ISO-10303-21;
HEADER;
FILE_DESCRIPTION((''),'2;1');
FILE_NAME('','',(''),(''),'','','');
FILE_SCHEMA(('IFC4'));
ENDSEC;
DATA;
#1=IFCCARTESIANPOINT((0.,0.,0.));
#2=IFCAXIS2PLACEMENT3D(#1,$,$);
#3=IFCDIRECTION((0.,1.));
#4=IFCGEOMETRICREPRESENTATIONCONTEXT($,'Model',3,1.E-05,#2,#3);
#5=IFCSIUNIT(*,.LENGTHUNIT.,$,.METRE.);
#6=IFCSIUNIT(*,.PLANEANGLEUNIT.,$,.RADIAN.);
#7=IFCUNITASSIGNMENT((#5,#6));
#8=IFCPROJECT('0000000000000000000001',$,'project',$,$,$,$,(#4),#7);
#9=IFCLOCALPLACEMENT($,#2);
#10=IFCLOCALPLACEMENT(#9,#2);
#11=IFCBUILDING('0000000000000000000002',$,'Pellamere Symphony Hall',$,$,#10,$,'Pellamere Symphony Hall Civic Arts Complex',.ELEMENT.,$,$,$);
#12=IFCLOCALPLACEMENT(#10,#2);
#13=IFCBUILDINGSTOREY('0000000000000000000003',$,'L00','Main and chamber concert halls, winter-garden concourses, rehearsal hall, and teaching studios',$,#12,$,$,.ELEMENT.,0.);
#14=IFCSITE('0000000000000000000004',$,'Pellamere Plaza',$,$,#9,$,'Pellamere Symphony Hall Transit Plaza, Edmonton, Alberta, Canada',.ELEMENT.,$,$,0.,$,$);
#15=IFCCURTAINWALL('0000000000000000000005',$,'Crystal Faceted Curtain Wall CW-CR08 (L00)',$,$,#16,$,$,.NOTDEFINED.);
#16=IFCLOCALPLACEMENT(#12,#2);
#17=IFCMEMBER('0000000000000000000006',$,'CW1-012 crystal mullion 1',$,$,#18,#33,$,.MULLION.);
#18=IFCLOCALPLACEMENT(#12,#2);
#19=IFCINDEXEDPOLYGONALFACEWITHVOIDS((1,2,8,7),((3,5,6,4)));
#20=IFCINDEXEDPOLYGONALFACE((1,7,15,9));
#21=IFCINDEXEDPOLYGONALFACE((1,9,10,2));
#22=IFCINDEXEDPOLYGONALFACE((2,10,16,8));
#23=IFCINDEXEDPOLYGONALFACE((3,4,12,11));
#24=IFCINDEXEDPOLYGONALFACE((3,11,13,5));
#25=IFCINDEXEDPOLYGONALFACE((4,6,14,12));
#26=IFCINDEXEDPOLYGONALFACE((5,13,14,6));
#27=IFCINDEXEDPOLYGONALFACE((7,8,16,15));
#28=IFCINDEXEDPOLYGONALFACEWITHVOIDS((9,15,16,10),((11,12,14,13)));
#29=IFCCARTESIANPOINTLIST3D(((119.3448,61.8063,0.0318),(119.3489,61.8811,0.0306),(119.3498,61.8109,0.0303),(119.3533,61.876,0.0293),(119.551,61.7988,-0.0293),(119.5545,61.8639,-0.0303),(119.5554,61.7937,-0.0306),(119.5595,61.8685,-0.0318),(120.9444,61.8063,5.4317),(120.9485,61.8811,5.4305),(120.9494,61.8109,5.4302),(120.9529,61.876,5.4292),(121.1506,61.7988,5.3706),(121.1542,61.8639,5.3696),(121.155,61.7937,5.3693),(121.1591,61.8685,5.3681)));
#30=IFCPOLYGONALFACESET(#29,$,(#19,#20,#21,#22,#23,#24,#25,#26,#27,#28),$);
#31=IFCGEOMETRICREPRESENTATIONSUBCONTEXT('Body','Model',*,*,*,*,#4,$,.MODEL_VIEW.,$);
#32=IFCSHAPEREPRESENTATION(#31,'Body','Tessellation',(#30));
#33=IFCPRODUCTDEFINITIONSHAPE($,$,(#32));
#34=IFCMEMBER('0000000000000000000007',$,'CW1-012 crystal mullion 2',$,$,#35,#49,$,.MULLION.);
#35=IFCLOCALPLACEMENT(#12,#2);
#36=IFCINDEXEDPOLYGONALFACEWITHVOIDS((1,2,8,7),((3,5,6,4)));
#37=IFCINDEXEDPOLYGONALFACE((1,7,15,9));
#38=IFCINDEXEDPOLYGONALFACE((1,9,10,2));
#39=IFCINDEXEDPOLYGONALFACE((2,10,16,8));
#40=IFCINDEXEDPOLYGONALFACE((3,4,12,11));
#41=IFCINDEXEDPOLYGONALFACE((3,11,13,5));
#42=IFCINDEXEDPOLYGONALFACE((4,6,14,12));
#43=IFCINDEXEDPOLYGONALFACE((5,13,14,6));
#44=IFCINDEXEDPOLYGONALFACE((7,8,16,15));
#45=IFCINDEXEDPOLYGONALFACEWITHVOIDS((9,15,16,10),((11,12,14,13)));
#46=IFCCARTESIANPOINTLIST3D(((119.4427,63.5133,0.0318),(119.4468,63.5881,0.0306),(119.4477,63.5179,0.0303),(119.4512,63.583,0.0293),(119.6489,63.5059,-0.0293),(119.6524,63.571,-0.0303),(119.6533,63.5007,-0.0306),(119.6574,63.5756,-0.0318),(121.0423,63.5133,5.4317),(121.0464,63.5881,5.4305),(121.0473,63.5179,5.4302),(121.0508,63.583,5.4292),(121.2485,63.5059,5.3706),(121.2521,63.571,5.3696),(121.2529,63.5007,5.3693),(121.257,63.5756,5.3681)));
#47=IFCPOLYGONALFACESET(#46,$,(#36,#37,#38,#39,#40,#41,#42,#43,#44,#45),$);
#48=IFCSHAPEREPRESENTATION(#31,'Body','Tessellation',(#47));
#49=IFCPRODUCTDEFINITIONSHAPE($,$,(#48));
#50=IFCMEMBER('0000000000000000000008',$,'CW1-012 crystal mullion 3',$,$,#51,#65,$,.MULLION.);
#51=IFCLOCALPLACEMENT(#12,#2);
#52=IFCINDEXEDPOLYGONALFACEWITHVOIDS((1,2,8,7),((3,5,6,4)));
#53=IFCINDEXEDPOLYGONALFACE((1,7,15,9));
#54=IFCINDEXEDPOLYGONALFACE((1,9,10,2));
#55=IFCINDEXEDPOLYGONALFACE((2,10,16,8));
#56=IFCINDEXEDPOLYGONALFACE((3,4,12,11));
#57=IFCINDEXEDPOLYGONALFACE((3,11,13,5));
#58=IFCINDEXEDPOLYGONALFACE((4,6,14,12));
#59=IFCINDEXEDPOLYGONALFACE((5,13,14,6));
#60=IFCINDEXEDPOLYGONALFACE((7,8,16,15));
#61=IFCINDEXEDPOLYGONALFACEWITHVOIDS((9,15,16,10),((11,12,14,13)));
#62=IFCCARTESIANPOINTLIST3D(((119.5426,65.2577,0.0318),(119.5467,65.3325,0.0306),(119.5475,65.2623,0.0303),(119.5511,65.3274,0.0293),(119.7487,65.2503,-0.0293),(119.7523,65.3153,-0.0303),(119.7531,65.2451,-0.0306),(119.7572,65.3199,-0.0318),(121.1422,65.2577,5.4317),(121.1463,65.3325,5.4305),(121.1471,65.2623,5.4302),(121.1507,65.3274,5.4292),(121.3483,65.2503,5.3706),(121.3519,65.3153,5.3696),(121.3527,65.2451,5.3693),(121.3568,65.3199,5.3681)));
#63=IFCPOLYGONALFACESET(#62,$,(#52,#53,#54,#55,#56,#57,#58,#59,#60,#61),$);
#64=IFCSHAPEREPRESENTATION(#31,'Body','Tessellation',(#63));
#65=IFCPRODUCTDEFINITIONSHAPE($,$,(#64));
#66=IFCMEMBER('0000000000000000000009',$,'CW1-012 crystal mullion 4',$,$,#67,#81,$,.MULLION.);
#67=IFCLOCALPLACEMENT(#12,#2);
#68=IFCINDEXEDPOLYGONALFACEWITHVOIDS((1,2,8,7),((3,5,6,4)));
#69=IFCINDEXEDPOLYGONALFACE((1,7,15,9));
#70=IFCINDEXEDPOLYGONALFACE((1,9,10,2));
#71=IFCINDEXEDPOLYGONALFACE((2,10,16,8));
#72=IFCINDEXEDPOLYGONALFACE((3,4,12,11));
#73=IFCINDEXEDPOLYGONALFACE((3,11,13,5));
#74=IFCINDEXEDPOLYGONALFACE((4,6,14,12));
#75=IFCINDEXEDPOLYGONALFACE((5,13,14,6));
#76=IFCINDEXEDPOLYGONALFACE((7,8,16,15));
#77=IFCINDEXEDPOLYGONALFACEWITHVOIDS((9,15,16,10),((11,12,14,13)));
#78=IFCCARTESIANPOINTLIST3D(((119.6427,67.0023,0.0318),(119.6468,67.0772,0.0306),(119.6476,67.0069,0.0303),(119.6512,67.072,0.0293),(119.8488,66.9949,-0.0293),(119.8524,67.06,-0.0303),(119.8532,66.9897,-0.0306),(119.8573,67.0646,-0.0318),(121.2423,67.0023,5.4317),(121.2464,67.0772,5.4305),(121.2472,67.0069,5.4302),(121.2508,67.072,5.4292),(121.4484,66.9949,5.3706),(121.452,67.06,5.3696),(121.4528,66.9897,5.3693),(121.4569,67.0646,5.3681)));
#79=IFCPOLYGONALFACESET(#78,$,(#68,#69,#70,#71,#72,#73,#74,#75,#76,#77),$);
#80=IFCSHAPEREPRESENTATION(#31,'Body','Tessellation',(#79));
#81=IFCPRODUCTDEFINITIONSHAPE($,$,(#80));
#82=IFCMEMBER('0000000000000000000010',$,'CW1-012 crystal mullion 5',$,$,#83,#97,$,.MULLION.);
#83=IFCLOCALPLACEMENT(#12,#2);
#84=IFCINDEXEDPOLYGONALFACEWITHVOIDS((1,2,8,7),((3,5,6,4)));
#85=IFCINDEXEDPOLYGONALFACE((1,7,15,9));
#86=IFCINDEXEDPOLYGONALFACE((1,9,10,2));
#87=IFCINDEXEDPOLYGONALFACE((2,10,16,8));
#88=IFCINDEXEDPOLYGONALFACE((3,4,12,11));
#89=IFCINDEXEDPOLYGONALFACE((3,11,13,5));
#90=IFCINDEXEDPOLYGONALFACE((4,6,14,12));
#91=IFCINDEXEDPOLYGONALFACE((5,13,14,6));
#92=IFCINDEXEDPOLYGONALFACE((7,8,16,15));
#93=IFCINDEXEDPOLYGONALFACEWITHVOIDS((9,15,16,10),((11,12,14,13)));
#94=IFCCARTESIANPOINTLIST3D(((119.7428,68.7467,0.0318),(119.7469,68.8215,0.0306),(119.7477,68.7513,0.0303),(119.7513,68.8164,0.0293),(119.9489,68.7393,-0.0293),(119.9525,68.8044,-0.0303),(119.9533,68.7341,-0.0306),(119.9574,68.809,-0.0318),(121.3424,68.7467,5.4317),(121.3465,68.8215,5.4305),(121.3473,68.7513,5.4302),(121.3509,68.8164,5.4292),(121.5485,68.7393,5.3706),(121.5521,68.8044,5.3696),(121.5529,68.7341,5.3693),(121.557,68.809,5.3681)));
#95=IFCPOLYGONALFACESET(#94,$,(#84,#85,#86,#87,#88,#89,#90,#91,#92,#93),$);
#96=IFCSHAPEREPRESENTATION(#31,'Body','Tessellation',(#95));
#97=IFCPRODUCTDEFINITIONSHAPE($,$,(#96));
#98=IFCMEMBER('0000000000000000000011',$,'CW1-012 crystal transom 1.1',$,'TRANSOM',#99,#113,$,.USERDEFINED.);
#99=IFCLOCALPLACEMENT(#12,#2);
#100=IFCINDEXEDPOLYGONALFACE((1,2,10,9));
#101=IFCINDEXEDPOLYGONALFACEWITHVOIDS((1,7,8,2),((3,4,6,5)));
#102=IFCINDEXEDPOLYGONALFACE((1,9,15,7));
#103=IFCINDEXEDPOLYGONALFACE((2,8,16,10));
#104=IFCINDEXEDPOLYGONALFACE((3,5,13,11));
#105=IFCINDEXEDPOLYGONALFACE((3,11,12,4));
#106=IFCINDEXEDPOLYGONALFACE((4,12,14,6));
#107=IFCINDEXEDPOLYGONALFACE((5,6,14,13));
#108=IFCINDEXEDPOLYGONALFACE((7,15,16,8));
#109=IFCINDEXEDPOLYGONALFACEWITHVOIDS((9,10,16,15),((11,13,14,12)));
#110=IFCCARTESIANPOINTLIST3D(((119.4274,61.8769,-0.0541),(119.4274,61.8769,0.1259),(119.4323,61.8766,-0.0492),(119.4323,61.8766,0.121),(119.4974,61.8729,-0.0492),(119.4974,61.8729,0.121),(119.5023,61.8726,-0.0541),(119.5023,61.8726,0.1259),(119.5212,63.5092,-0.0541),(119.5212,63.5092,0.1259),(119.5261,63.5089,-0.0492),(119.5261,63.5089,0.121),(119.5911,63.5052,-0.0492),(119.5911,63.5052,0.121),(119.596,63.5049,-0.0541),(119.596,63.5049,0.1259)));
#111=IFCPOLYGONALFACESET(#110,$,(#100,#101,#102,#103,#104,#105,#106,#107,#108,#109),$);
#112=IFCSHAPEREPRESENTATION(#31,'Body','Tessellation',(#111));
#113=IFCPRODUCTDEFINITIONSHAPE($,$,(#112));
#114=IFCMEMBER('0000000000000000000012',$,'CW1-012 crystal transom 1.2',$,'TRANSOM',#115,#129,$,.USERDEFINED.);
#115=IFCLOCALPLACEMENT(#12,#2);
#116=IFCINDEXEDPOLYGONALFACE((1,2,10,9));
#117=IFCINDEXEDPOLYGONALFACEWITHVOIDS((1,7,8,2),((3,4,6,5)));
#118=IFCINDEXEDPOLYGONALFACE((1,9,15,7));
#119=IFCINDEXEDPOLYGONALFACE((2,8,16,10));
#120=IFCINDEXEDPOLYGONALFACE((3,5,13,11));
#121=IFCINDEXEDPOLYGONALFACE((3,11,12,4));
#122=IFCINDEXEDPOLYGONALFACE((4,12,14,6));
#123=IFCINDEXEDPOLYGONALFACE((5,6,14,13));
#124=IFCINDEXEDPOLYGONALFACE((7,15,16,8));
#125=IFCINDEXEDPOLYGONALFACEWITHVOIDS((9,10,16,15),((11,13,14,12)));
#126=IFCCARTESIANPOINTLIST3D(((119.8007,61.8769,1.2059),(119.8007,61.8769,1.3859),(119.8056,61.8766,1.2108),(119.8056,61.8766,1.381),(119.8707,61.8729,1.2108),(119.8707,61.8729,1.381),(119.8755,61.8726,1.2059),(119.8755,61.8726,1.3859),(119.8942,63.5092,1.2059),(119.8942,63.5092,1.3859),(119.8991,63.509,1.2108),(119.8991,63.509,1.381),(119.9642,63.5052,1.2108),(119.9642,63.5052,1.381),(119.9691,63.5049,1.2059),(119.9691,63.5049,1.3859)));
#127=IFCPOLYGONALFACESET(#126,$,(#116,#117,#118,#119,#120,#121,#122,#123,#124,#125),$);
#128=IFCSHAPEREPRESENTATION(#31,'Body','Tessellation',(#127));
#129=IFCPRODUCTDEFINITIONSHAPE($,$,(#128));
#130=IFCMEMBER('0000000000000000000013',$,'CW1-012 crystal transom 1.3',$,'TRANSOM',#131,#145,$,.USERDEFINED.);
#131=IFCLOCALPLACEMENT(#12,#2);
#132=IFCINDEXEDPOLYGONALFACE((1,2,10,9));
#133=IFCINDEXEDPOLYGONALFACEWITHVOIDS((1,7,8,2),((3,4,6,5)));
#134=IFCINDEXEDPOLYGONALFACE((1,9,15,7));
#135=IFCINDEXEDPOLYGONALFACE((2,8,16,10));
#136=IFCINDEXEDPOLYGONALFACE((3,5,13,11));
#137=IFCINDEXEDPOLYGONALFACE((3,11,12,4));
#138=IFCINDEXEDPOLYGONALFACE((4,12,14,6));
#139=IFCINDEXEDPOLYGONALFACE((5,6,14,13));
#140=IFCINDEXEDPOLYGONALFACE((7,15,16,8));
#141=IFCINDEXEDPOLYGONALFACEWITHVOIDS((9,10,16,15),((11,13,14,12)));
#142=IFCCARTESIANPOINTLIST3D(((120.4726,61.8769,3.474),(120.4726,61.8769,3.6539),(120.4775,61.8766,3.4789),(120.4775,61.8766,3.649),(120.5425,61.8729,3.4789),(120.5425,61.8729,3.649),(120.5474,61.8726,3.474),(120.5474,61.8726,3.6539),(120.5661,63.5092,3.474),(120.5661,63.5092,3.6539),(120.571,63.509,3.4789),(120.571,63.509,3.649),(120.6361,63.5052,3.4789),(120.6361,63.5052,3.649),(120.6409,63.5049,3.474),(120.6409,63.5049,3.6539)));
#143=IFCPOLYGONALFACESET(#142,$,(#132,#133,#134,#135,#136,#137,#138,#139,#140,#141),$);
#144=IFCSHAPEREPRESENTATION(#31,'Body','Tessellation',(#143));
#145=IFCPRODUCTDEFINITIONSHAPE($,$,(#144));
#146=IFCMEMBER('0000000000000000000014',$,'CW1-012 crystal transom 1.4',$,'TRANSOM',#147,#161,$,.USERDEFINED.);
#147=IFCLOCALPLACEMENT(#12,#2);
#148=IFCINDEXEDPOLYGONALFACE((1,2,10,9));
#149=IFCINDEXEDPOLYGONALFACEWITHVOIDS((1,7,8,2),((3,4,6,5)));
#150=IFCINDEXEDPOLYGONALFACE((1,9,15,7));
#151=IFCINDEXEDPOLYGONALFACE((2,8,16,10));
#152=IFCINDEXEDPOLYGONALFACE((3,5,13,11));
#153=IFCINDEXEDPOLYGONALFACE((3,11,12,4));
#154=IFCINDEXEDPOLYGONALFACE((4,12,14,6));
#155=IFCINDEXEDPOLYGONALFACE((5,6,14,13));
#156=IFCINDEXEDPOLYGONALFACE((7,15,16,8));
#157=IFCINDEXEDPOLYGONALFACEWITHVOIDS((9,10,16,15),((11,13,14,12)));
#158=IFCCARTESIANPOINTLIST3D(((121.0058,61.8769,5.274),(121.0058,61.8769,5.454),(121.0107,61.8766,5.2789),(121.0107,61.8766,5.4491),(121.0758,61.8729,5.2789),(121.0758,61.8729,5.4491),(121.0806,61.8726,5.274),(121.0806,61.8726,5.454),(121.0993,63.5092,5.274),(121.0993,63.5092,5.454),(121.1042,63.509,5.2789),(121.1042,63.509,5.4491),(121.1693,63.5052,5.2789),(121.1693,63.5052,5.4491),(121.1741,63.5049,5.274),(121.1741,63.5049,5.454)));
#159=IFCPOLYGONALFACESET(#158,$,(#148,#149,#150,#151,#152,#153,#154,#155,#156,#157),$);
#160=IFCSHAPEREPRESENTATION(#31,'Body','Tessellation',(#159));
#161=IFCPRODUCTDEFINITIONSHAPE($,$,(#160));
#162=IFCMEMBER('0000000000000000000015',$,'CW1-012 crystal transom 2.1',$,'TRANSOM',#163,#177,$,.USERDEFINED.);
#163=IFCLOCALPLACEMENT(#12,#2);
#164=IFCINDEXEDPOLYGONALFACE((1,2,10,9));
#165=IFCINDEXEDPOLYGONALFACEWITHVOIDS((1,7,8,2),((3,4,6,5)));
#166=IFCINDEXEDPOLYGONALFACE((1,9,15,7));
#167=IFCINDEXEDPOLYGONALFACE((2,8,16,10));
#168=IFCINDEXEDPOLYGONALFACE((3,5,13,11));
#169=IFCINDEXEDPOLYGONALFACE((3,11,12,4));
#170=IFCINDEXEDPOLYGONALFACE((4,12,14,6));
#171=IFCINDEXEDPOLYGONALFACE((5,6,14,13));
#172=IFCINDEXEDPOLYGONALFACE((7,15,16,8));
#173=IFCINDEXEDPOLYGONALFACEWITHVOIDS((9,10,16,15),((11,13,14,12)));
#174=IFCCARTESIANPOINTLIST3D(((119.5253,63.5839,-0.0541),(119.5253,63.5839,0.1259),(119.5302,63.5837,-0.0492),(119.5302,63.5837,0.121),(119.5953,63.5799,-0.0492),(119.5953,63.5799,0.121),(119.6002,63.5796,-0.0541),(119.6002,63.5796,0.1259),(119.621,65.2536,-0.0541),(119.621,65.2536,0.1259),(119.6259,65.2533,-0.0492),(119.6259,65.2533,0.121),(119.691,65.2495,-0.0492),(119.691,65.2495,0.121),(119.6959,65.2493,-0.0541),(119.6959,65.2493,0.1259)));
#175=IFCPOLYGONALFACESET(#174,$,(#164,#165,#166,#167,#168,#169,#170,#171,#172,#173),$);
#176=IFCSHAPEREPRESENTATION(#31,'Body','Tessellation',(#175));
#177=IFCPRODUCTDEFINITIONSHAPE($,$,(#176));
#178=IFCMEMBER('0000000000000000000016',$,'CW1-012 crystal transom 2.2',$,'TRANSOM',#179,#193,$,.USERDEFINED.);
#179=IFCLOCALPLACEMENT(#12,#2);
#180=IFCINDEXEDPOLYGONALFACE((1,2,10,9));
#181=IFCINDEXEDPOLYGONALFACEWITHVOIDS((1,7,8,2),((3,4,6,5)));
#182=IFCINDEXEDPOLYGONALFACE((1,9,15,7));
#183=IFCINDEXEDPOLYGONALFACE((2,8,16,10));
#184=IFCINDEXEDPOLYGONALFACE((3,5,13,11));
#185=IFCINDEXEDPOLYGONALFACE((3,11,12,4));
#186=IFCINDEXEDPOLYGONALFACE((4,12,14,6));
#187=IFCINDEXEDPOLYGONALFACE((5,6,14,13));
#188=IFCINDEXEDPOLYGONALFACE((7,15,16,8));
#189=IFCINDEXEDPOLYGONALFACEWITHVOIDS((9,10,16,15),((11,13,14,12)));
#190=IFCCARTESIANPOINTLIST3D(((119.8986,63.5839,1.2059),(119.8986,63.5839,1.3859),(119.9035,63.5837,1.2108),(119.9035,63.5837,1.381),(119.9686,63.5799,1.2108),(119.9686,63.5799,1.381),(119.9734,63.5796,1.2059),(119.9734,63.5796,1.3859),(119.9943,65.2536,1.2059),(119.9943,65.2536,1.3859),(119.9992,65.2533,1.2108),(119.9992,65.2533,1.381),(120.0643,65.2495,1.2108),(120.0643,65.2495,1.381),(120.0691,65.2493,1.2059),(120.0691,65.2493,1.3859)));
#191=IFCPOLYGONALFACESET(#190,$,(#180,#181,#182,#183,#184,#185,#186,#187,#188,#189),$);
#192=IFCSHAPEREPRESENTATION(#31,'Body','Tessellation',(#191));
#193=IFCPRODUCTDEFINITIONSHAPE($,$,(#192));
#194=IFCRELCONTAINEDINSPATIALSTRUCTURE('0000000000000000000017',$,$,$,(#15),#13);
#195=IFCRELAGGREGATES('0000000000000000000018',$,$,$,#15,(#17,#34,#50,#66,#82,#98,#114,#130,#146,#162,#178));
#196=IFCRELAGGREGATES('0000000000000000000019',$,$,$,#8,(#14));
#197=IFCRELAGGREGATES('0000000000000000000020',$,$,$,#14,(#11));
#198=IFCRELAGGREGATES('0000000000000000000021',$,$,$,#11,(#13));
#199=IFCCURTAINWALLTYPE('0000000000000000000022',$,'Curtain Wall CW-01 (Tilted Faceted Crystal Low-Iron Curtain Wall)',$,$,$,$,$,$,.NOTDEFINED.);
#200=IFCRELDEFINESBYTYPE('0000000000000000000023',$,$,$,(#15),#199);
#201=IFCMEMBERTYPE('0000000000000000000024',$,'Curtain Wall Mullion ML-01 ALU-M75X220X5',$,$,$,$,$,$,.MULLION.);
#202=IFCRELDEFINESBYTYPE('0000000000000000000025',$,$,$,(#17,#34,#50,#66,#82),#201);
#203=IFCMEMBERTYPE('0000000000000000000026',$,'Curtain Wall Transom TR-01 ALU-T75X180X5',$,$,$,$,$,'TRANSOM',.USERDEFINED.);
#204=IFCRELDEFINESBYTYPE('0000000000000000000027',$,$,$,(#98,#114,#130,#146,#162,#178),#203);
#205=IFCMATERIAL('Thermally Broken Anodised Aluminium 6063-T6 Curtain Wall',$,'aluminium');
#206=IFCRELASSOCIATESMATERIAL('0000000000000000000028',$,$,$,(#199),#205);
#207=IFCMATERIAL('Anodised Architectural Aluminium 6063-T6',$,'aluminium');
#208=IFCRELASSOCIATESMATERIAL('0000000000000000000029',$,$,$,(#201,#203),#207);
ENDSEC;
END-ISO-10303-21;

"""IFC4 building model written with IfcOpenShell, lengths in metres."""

from ifc_helpers import new_model, si_unit, direction, frame, origin, origin_2d, place, context, subcontext, project, spatial, hollow_rectangle, extrude, material, material_profile, profile_set, type_object, element, aggregate, save


model = new_model("IFC4")

# Units and contexts
model_context = context("Model", 3, precision=1e-05, world=origin(), true_north=direction((0.0, 1.0)))
body_context = subcontext(model_context, "Body", "Model", "MODEL_VIEW")
ifc_project = project(units=[si_unit("LENGTHUNIT", "METRE"), si_unit("PLANEANGLEUNIT", "RADIAN")], contexts=[model_context])

# Site, building, storey
site_placement = place(None, origin())
site = spatial("IfcSite", under=ifc_project, at=site_placement, Name="Pellamere Plaza", LongName="Pellamere Symphony Hall Transit Plaza, Edmonton, Alberta, Canada", CompositionType="ELEMENT", RefElevation=0.0)
building_placement = place(site_placement, origin())
building = spatial("IfcBuilding", under=site, at=building_placement, Name="Pellamere Symphony Hall", LongName="Pellamere Symphony Hall Civic Arts Complex", CompositionType="ELEMENT")
storey_placement = place(building_placement, origin())
storey = spatial("IfcBuildingStorey", under=building, at=storey_placement, Name="L00", Description="Main and chamber concert halls, winter-garden concourses, rehearsal hall, and teaching studios", CompositionType="ELEMENT", Elevation=0.0)

# Curtain wall, members
ifc_material_1 = material(Name="Thermally Broken Anodised Aluminium 6063-T6 Curtain Wall", Category="aluminium")
curtain_wall_type = type_object("IfcCurtainWallType", Name="Curtain Wall CW-01 (Tilted Faceted Crystal Low-Iron Curtain Wall)", PredefinedType="NOTDEFINED", material=ifc_material_1)
curtain_wall_placement = place(storey_placement, origin())
curtain_wall = element("IfcCurtainWall", 1, at=curtain_wall_placement, inside=storey, type_object=curtain_wall_type, Name="Crystal Faceted Curtain Wall CW-CR08 (L00)", PredefinedType="NOTDEFINED")
ifc_material_2 = material(Name="Anodised Architectural Aluminium 6063-T6", Category="aluminium")
ifc_material_profile_1 = material_profile(ifc_material_2, hollow_rectangle(XDim=0.075, YDim=0.22, WallThickness=0.0049, at=origin_2d()), Name="ALU-M75X220X5")
ifc_profile_set_1 = profile_set([ifc_material_profile_1], Name="Anodised Architectural Aluminium 6063-T6")
member_type_1 = type_object("IfcMemberType", Name="Curtain Wall Mullion ML-01 ALU-M75X220X5", PredefinedType="MULLION", material=ifc_profile_set_1)
member_1_placement = place(storey_placement, frame((119.4521, 61.8374, 0.0), z_axis=(0.284029, 0.0, 0.958816), x_axis=(-0.054874, -0.998361, 0.016255)))
member_1 = element("IfcMember", 2, at=member_1_placement, type_object=member_type_1, Name="CW1-012 crystal mullion 1", PredefinedType="MULLION", context=body_context, shape_type="SweptSolid", body=[
    extrude(hollow_rectangle(XDim=0.075, YDim=0.22, WallThickness=0.0049, at=origin_2d()), origin(), (0.0, 0.0, 1.0), 5.6318),
])
member_2_placement = place(storey_placement, frame((119.55, 63.5444, 0.0), z_axis=(0.284029, 0.0, 0.958816), x_axis=(-0.054874, -0.998361, 0.016255)))
member_2 = element("IfcMember", 3, at=member_2_placement, type_object=member_type_1, Name="CW1-012 crystal mullion 2", PredefinedType="MULLION", context=body_context, shape_type="SweptSolid", body=[
    extrude(hollow_rectangle(XDim=0.075, YDim=0.22, WallThickness=0.0049, at=origin_2d()), origin(), (0.0, 0.0, 1.0), 5.6318),
])
member_3_placement = place(storey_placement, frame((119.6499, 65.2888, 0.0), z_axis=(0.284029, 0.0, 0.958816), x_axis=(-0.054874, -0.998361, 0.016255)))
member_3 = element("IfcMember", 4, at=member_3_placement, type_object=member_type_1, Name="CW1-012 crystal mullion 3", PredefinedType="MULLION", context=body_context, shape_type="SweptSolid", body=[
    extrude(hollow_rectangle(XDim=0.075, YDim=0.22, WallThickness=0.0049, at=origin_2d()), origin(), (0.0, 0.0, 1.0), 5.6318),
])
member_4_placement = place(storey_placement, frame((119.75, 67.0334, 0.0), z_axis=(0.284029, 0.0, 0.958816), x_axis=(-0.054874, -0.998361, 0.016255)))
member_4 = element("IfcMember", 5, at=member_4_placement, type_object=member_type_1, Name="CW1-012 crystal mullion 4", PredefinedType="MULLION", context=body_context, shape_type="SweptSolid", body=[
    extrude(hollow_rectangle(XDim=0.075, YDim=0.22, WallThickness=0.0049, at=origin_2d()), origin(), (0.0, 0.0, 1.0), 5.6318),
])
member_5_placement = place(storey_placement, frame((119.8501, 68.7778, 0.0), z_axis=(0.284029, 0.0, 0.958816), x_axis=(-0.054874, -0.998361, 0.016255)))
member_5 = element("IfcMember", 6, at=member_5_placement, type_object=member_type_1, Name="CW1-012 crystal mullion 5", PredefinedType="MULLION", context=body_context, shape_type="SweptSolid", body=[
    extrude(hollow_rectangle(XDim=0.075, YDim=0.22, WallThickness=0.0049, at=origin_2d()), origin(), (0.0, 0.0, 1.0), 5.6318),
])
ifc_material_profile_2 = material_profile(ifc_material_2, hollow_rectangle(XDim=0.075, YDim=0.1799, WallThickness=0.0049, at=origin_2d()), Name="ALU-T75X180X5")
ifc_profile_set_2 = profile_set([ifc_material_profile_2], Name="Anodised Architectural Aluminium 6063-T6")
member_type_2 = type_object("IfcMemberType", Name="Curtain Wall Transom TR-01 ALU-T75X180X5", ElementType="TRANSOM", PredefinedType="USERDEFINED", material=ifc_profile_set_2)
member_6_placement = place(storey_placement, frame((119.4648, 61.8748, 0.0359), z_axis=(0.057339, 0.998355, 0.0), x_axis=(-0.998355, 0.057339, 0.0)))
member_6 = element("IfcMember", 7, at=member_6_placement, type_object=member_type_2, Name="CW1-012 crystal transom 1.1", ObjectType="TRANSOM", PredefinedType="USERDEFINED", context=body_context, shape_type="SweptSolid", body=[
    extrude(hollow_rectangle(XDim=0.075, YDim=0.1799, WallThickness=0.0049, at=origin_2d()), origin(), (0.0, 0.0, 1.0), 1.635),
])
member_7_placement = place(storey_placement, frame((119.8381, 61.8748, 1.2959), z_axis=(0.05719, 0.998363, 0.0), x_axis=(-0.998363, 0.05719, 0.0)))
member_7 = element("IfcMember", 8, at=member_7_placement, type_object=member_type_2, Name="CW1-012 crystal transom 1.2", ObjectType="TRANSOM", PredefinedType="USERDEFINED", context=body_context, shape_type="SweptSolid", body=[
    extrude(hollow_rectangle(XDim=0.075, YDim=0.1799, WallThickness=0.0049, at=origin_2d()), origin(), (0.0, 0.0, 1.0), 1.635),
])
member_8_placement = place(storey_placement, frame((120.51, 61.8748, 3.564), z_axis=(0.05719, 0.998363, 0.0), x_axis=(-0.998363, 0.05719, 0.0)))
member_8 = element("IfcMember", 9, at=member_8_placement, type_object=member_type_2, Name="CW1-012 crystal transom 1.3", ObjectType="TRANSOM", PredefinedType="USERDEFINED", context=body_context, shape_type="SweptSolid", body=[
    extrude(hollow_rectangle(XDim=0.075, YDim=0.1799, WallThickness=0.0049, at=origin_2d()), origin(), (0.0, 0.0, 1.0), 1.635),
])
member_9_placement = place(storey_placement, frame((121.0432, 61.8748, 5.364), z_axis=(0.05719, 0.998363, 0.0), x_axis=(-0.998363, 0.05719, 0.0)))
member_9 = element("IfcMember", 10, at=member_9_placement, type_object=member_type_2, Name="CW1-012 crystal transom 1.4", ObjectType="TRANSOM", PredefinedType="USERDEFINED", context=body_context, shape_type="SweptSolid", body=[
    extrude(hollow_rectangle(XDim=0.075, YDim=0.1799, WallThickness=0.0049, at=origin_2d()), origin(), (0.0, 0.0, 1.0), 1.635),
])
member_10_placement = place(storey_placement, frame((119.5627, 63.5818, 0.0359), z_axis=(0.057224, 0.998361, 0.0), x_axis=(-0.998361, 0.057224, 0.0)))
member_10 = element("IfcMember", 11, at=member_10_placement, type_object=member_type_2, Name="CW1-012 crystal transom 2.1", ObjectType="TRANSOM", PredefinedType="USERDEFINED", context=body_context, shape_type="SweptSolid", body=[
    extrude(hollow_rectangle(XDim=0.075, YDim=0.1799, WallThickness=0.0049, at=origin_2d()), origin(), (0.0, 0.0, 1.0), 1.6724),
])
member_11_placement = place(storey_placement, frame((119.936, 63.5818, 1.2959), z_axis=(0.057224, 0.998361, 0.0), x_axis=(-0.998361, 0.057224, 0.0)))
member_11 = element("IfcMember", 12, at=member_11_placement, type_object=member_type_2, Name="CW1-012 crystal transom 2.2", ObjectType="TRANSOM", PredefinedType="USERDEFINED", context=body_context, shape_type="SweptSolid", body=[
    extrude(hollow_rectangle(XDim=0.075, YDim=0.1799, WallThickness=0.0049, at=origin_2d()), origin(), (0.0, 0.0, 1.0), 1.6724),
])

aggregate(curtain_wall, [member_1, member_2, member_3, member_4, member_5, member_6, member_7, member_8, member_9, member_10, member_11])

save(model, "model.ifc")
